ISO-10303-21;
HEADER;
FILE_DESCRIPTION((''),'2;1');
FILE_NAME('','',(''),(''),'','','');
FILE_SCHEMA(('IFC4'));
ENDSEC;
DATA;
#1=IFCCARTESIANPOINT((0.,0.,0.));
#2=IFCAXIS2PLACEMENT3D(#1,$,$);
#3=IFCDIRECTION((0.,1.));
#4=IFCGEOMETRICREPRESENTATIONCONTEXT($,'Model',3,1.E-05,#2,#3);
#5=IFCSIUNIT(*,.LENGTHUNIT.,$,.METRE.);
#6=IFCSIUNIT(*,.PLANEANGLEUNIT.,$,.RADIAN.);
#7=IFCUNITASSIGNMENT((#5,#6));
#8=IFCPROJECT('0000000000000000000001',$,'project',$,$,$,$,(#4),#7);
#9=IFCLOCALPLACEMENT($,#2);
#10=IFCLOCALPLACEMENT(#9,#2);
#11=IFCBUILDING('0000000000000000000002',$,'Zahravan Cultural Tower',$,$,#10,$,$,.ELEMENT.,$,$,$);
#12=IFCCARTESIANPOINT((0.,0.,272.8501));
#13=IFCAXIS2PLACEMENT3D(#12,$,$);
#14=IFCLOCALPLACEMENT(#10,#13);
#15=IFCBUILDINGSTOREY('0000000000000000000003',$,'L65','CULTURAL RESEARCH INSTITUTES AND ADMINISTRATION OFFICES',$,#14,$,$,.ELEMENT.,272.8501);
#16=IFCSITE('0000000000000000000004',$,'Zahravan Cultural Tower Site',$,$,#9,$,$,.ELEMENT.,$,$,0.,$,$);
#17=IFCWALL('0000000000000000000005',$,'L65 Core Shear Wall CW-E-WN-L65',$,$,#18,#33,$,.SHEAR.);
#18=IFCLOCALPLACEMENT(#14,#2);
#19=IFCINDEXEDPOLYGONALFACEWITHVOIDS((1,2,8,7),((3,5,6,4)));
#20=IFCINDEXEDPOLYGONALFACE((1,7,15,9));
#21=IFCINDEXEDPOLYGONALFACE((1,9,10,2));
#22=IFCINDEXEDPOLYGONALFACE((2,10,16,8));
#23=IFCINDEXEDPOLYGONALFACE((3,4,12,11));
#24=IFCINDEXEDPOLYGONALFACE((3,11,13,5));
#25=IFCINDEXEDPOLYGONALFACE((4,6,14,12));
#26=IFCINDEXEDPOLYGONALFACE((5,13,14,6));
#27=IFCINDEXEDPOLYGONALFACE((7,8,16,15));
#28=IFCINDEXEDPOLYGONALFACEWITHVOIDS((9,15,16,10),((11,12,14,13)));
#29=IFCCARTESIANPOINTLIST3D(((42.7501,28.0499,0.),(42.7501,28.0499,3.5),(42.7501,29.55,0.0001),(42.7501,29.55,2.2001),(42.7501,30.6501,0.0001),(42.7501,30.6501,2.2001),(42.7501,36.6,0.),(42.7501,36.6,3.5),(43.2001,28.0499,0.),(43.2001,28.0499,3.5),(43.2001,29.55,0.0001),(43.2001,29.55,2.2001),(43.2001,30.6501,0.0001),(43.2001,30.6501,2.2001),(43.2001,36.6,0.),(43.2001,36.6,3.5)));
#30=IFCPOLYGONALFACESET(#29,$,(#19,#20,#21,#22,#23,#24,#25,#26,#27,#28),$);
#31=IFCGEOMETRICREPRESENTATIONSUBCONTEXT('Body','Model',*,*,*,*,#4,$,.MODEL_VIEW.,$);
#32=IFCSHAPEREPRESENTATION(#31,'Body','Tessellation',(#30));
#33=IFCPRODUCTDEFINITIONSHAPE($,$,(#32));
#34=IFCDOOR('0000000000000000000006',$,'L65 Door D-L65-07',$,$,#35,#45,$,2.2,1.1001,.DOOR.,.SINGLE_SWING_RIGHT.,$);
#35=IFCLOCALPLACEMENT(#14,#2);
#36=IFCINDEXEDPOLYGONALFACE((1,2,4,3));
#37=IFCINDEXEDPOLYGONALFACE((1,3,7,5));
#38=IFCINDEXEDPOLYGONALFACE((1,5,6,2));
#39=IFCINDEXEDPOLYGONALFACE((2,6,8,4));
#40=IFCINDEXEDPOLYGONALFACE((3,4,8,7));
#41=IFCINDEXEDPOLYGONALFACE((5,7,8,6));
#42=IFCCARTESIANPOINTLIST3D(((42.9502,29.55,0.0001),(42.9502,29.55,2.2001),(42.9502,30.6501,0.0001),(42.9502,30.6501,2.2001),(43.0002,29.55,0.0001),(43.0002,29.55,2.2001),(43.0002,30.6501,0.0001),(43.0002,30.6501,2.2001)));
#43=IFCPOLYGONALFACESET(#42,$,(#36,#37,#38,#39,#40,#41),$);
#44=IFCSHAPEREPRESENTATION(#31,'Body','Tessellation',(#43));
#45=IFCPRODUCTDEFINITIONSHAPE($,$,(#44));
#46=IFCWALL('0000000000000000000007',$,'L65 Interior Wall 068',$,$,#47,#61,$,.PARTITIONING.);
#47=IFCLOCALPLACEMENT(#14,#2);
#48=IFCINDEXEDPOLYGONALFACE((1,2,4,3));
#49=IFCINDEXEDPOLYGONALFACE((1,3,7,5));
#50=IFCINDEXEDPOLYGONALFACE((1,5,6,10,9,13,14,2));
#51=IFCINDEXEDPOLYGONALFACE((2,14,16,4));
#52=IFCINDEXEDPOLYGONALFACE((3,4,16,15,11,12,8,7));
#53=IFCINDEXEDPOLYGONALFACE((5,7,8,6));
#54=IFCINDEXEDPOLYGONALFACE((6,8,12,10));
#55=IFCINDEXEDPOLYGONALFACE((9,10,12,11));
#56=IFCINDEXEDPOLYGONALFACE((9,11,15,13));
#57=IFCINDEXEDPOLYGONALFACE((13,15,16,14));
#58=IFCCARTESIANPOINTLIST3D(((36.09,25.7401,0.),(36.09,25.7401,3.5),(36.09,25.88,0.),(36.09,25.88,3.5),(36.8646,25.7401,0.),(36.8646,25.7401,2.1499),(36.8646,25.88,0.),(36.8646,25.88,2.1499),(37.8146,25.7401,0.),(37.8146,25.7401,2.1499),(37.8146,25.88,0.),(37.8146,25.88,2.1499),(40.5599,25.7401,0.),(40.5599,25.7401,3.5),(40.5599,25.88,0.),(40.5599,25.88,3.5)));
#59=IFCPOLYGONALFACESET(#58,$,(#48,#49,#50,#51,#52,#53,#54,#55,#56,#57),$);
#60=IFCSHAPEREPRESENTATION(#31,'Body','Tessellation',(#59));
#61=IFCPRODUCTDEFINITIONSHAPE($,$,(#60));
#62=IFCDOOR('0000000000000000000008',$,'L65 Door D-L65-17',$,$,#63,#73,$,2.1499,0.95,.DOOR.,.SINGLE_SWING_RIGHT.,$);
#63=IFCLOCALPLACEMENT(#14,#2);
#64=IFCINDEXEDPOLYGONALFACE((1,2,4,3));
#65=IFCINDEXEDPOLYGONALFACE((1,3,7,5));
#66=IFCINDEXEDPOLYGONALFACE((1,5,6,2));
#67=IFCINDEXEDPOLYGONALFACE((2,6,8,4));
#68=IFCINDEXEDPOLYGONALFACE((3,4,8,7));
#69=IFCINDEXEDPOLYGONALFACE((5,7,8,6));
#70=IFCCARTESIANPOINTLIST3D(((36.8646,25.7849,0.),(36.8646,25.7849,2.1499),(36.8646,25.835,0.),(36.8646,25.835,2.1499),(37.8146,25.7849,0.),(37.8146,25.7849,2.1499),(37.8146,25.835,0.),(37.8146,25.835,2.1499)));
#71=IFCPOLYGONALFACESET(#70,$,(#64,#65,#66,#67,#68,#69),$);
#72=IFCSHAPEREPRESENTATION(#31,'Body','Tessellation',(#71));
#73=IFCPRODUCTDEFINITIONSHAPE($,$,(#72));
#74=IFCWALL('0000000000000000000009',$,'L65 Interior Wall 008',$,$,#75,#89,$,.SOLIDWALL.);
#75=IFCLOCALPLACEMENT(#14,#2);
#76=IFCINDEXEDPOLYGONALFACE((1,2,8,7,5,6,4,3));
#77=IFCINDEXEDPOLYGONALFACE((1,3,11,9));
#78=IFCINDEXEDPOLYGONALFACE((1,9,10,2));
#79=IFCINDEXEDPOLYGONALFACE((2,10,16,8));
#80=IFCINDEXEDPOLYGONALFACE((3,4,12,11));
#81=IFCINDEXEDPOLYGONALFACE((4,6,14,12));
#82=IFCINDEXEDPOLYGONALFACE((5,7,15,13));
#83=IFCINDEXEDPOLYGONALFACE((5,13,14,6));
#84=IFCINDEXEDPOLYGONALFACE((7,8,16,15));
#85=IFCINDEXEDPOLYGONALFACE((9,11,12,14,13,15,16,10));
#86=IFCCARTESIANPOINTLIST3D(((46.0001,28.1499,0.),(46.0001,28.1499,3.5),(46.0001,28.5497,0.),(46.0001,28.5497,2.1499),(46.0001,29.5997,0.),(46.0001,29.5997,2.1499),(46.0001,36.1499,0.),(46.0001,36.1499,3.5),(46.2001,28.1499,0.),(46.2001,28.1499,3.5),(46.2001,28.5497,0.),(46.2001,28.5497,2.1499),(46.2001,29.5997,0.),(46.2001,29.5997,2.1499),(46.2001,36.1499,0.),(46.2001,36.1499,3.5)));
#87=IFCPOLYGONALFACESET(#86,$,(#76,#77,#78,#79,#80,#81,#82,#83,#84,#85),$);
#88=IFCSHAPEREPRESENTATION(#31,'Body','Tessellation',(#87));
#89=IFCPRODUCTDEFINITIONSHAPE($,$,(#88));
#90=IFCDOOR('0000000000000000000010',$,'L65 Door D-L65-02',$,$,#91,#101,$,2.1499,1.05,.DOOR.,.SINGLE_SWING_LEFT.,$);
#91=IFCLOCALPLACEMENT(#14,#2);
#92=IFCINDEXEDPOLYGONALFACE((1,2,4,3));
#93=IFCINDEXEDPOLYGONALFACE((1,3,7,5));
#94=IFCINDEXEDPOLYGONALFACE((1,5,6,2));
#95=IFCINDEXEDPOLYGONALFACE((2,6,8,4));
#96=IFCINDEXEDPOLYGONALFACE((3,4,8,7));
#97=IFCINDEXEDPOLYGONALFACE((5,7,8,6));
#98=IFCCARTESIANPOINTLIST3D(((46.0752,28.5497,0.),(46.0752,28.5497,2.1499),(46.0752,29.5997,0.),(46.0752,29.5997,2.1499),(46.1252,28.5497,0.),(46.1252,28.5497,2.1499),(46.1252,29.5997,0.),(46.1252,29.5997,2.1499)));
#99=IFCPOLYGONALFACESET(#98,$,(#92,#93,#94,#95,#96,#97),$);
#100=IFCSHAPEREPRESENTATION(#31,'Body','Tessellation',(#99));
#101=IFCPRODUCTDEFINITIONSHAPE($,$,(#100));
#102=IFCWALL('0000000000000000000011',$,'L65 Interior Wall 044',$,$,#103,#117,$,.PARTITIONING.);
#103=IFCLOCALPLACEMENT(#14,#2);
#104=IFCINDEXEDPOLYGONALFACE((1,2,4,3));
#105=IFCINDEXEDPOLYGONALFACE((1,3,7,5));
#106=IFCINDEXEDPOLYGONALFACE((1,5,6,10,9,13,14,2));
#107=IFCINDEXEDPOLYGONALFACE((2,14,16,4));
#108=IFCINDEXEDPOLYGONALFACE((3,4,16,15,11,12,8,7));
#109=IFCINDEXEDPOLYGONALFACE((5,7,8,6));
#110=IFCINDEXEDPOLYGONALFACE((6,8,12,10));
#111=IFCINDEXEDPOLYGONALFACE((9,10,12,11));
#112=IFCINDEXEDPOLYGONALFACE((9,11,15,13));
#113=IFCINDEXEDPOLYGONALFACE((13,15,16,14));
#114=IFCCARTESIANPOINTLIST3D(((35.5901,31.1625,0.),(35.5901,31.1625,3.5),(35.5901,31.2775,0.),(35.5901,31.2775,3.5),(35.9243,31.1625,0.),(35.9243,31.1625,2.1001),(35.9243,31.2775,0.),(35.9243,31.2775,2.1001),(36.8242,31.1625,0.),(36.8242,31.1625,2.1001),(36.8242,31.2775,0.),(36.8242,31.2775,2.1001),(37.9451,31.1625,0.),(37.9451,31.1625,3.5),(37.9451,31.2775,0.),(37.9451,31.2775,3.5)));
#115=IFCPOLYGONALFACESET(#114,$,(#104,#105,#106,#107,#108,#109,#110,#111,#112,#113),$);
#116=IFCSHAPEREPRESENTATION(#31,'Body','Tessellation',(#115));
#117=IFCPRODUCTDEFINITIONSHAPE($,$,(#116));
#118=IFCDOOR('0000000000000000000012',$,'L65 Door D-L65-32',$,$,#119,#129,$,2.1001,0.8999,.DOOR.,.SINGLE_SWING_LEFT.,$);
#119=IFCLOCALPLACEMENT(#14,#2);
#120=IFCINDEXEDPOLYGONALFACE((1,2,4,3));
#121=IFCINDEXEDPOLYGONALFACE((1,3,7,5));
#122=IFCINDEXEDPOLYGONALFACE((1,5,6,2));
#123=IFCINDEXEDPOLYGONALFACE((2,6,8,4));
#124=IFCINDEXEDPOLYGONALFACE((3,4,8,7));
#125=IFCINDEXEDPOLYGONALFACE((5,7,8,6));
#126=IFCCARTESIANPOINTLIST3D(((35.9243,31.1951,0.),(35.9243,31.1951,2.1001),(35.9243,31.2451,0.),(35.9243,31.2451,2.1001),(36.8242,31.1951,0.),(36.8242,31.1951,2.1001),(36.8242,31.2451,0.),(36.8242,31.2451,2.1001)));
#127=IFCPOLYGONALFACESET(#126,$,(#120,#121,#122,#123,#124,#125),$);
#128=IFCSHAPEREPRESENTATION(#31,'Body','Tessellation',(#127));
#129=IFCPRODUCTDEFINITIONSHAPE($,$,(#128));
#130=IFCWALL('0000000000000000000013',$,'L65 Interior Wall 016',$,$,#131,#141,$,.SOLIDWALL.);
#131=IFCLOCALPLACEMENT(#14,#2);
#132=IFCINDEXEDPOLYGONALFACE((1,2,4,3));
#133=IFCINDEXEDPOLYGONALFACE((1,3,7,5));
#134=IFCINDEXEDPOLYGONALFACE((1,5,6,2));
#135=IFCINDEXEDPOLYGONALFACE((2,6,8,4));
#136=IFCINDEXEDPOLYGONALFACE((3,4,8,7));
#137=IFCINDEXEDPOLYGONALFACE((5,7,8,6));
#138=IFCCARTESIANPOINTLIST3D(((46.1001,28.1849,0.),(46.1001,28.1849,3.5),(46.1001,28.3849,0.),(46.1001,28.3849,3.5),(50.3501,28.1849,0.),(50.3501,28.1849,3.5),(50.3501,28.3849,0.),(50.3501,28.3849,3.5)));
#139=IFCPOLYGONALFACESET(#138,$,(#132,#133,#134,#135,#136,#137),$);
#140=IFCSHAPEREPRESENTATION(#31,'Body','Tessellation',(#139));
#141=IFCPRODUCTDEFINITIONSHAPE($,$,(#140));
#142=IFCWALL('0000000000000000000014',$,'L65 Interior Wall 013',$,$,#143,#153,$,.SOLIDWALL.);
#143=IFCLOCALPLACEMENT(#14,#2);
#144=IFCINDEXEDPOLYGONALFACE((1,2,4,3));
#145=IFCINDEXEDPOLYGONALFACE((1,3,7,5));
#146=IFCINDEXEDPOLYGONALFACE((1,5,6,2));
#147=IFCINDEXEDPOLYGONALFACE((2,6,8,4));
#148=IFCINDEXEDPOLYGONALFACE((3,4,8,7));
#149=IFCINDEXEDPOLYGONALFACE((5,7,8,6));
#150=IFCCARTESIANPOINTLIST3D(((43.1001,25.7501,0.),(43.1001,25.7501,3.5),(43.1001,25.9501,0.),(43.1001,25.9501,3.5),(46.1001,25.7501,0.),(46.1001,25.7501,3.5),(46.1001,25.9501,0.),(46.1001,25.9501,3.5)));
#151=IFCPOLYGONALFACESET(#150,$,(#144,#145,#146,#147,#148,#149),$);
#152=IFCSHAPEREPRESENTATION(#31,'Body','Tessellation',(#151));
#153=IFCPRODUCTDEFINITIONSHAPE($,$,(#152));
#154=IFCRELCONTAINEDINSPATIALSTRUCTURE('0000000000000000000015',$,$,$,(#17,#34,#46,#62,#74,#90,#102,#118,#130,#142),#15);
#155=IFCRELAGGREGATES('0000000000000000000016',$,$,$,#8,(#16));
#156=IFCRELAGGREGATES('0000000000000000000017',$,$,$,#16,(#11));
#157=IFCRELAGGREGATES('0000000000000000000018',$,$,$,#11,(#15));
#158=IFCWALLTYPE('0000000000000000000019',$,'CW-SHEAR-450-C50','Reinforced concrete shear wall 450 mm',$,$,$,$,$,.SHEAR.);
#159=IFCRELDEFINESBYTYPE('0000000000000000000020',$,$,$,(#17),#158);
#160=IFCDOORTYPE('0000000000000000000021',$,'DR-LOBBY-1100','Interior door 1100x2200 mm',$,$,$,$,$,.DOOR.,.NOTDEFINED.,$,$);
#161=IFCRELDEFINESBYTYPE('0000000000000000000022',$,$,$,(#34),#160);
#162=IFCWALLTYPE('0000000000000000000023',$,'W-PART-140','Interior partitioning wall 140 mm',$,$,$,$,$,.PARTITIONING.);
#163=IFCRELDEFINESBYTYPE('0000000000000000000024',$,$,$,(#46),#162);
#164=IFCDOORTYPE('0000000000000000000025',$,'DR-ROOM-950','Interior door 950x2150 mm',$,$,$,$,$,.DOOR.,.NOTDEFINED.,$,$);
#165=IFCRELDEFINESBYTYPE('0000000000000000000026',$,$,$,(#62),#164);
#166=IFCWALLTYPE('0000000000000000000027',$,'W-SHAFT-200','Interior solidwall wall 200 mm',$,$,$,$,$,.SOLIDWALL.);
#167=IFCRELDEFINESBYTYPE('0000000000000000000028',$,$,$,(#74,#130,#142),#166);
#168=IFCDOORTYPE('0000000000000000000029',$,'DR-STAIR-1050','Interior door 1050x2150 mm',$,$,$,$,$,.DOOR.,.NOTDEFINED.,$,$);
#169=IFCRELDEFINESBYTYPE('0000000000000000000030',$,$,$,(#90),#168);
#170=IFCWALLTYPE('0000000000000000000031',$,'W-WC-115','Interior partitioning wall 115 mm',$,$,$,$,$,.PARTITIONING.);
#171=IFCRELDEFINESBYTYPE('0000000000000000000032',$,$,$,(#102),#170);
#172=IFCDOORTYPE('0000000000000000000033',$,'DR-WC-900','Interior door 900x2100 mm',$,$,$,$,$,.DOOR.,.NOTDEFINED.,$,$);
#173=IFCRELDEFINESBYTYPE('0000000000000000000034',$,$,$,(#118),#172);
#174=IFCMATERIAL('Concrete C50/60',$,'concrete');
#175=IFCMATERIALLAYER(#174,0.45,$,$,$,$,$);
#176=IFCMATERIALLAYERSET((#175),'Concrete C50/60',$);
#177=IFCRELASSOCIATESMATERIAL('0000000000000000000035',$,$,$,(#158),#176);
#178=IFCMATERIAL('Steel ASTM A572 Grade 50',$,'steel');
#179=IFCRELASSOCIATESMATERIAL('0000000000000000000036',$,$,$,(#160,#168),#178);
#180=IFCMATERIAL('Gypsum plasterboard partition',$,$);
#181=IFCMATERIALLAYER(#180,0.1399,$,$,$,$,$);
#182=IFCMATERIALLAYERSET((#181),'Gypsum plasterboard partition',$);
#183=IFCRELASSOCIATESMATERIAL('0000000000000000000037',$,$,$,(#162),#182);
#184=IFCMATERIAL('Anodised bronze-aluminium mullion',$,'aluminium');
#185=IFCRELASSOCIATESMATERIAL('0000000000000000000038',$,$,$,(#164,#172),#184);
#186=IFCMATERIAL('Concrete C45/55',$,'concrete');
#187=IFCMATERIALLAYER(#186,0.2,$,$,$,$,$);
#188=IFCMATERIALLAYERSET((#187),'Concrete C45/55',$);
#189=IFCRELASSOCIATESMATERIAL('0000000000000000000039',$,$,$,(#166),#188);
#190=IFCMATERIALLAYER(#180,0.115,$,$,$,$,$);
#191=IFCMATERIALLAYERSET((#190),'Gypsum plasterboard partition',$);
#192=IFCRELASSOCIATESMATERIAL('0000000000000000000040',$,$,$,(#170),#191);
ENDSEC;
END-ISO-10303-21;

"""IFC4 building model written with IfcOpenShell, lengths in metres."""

from ifc_helpers import new_model, si_unit, direction, frame, frame_2d, origin, place, context, subcontext, project, spatial, rectangle, extrude, source, transform, mapped, material, layer, layer_set, type_object, element, fill, save


model = new_model("IFC4")

# Units and contexts
model_context = context("Model", 3, precision=1e-05, world=origin(), true_north=direction((0.0, 1.0)))
body_context = subcontext(model_context, "Body", "Model", "MODEL_VIEW")
ifc_project = project(units=[si_unit("LENGTHUNIT", "METRE"), si_unit("PLANEANGLEUNIT", "RADIAN")], contexts=[model_context])

# Site, building, storey
site_placement = place(None, origin())
site = spatial("IfcSite", under=ifc_project, at=site_placement, Name="Zahravan Cultural Tower Site", CompositionType="ELEMENT", RefElevation=0.0)
building_placement = place(site_placement, origin())
building = spatial("IfcBuilding", under=site, at=building_placement, Name="Zahravan Cultural Tower", CompositionType="ELEMENT")
storey_placement = place(building_placement, frame((0.0, 0.0, 272.8501)))
storey = spatial("IfcBuildingStorey", under=building, at=storey_placement, Name="L65", Description="CULTURAL RESEARCH INSTITUTES AND ADMINISTRATION OFFICES", CompositionType="ELEMENT", Elevation=272.8501)

# Walls, openings, doors
ifc_material_1 = material(Name="Concrete C50/60", Category="concrete")
ifc_layer_1 = layer(ifc_material_1, 0.45)
ifc_layer_set_1 = layer_set([ifc_layer_1], Name="Concrete C50/60")
wall_type_1 = type_object("IfcWallType", Name="CW-SHEAR-450-C50", Description="Reinforced concrete shear wall 450 mm", PredefinedType="SHEAR", material=ifc_layer_set_1)
wall_1_placement = place(storey_placement, frame((42.9751, 28.05, 0.0), z_axis=(0.0, 0.0, 1.0), x_axis=(0.0, 1.0, 0.0)))
wall_1 = element("IfcWall", 1, at=wall_1_placement, inside=storey, type_object=wall_type_1, Name="L65 Core Shear Wall CW-E-WN-L65", PredefinedType="SHEAR", context=body_context, shape_type="SweptSolid", body=[
    extrude(rectangle(XDim=8.55, YDim=0.45, at=frame_2d((4.2749, 0.0))), origin(), (0.0, 0.0, 1.0), 3.5),
])
opening_1_placement = place(wall_1_placement, frame((1.5, 0.0, 0.0)))
opening_1 = element("IfcOpeningElement", 2, at=opening_1_placement, cuts=wall_1, PredefinedType="OPENING", context=body_context, shape_type="SweptSolid", body=[
    extrude(rectangle(XDim=1.1001, YDim=2.2, at=frame_2d((0.55, 1.1001))), frame((0.0, 0.2349, 0.0), z_axis=(0.0, -1.0, 0.0), x_axis=(1.0, 0.0, 0.0)), (0.0, 0.0, 1.0), 0.47),
])
ifc_material_2 = material(Name="Steel ASTM A572 Grade 50", Category="steel")
door_type_1 = type_object("IfcDoorType", Name="DR-LOBBY-1100", Description="Interior door 1100x2200 mm", OperationType="NOTDEFINED", PredefinedType="DOOR", material=ifc_material_2)
shared_shape_1 = source(origin(), body_context, "Body", "SweptSolid", [
    extrude(rectangle(XDim=1.1001, YDim=2.2, at=frame_2d((0.55, 1.1001))), frame((0.0, 0.0249, 0.0), z_axis=(0.0, -1.0, 0.0), x_axis=(1.0, 0.0, 0.0)), (0.0, 0.0, 1.0), 0.05),
])
door_1_placement = place(opening_1_placement, origin())
door_1 = element("IfcDoor", 3, at=door_1_placement, inside=storey, type_object=door_type_1, Name="L65 Door D-L65-07", OperationType="SINGLE_SWING_RIGHT", OverallHeight=2.2, OverallWidth=1.1001, PredefinedType="DOOR", context=body_context, shape_type="MappedRepresentation", body=[
    mapped(shared_shape_1, transform((0.0, 0.0, 0.0), x_axis=(1.0, 0.0, 0.0), y_axis=(0.0, 1.0, 0.0), z_axis=(0.0, 0.0, 1.0), scale=1.0)),
])
fill(opening_1, door_1)
ifc_material_3 = material(Name="Gypsum plasterboard partition")
ifc_layer_2 = layer(ifc_material_3, 0.1399)
ifc_layer_set_2 = layer_set([ifc_layer_2], Name="Gypsum plasterboard partition")
wall_type_2 = type_object("IfcWallType", Name="W-PART-140", Description="Interior partitioning wall 140 mm", PredefinedType="PARTITIONING", material=ifc_layer_set_2)
ifc_material_4 = material(Name="Anodised bronze-aluminium mullion", Category="aluminium")
door_type_2 = type_object("IfcDoorType", Name="DR-ROOM-950", Description="Interior door 950x2150 mm", OperationType="NOTDEFINED", PredefinedType="DOOR", material=ifc_material_4)
shared_shape_2 = source(origin(), body_context, "Body", "SweptSolid", [
    extrude(rectangle(XDim=0.95, YDim=2.1499, at=frame_2d((0.4751, 1.075))), frame((0.0, 0.0249, 0.0), z_axis=(0.0, -1.0, 0.0), x_axis=(1.0, 0.0, 0.0)), (0.0, 0.0, 1.0), 0.05),
])
wall_2_placement = place(storey_placement, frame((36.0901, 25.8101, 0.0), z_axis=(0.0, 0.0, 1.0), x_axis=(1.0, 0.0, 0.0)))
wall_2 = element("IfcWall", 4, at=wall_2_placement, inside=storey, type_object=wall_type_2, Name="L65 Interior Wall 068", PredefinedType="PARTITIONING", context=body_context, shape_type="SweptSolid", body=[
    extrude(rectangle(XDim=4.47, YDim=0.1399, at=frame_2d((2.2349, 0.0))), origin(), (0.0, 0.0, 1.0), 3.5),
])
opening_2_placement = place(wall_2_placement, frame((0.7744, 0.0, 0.0)))
opening_2 = element("IfcOpeningElement", 5, at=opening_2_placement, cuts=wall_2, PredefinedType="OPENING", context=body_context, shape_type="SweptSolid", body=[
    extrude(rectangle(XDim=0.95, YDim=2.1499, at=frame_2d((0.4751, 1.075))), frame((0.0, 0.0798, 0.0), z_axis=(0.0, -1.0, 0.0), x_axis=(1.0, 0.0, 0.0)), (0.0, 0.0, 1.0), 0.1599),
])
door_2_placement = place(opening_2_placement, origin())
door_2 = element("IfcDoor", 6, at=door_2_placement, inside=storey, type_object=door_type_2, Name="L65 Door D-L65-17", OperationType="SINGLE_SWING_RIGHT", OverallHeight=2.1499, OverallWidth=0.95, PredefinedType="DOOR", context=body_context, shape_type="MappedRepresentation", body=[
    mapped(shared_shape_2, transform((0.0, 0.0, 0.0), x_axis=(1.0, 0.0, 0.0), y_axis=(0.0, 1.0, 0.0), z_axis=(0.0, 0.0, 1.0), scale=1.0)),
])
fill(opening_2, door_2)
ifc_material_5 = material(Name="Concrete C45/55", Category="concrete")
ifc_layer_3 = layer(ifc_material_5, 0.2)
ifc_layer_set_3 = layer_set([ifc_layer_3], Name="Concrete C45/55")
wall_type_3 = type_object("IfcWallType", Name="W-SHAFT-200", Description="Interior solidwall wall 200 mm", PredefinedType="SOLIDWALL", material=ifc_layer_set_3)
wall_3_placement = place(storey_placement, frame((46.1001, 28.1499, 0.0), z_axis=(0.0, 0.0, 1.0), x_axis=(0.0, 1.0, 0.0)))
wall_3 = element("IfcWall", 7, at=wall_3_placement, inside=storey, type_object=wall_type_3, Name="L65 Interior Wall 008", PredefinedType="SOLIDWALL", context=body_context, shape_type="SweptSolid", body=[
    extrude(rectangle(XDim=8.0, YDim=0.2, at=frame_2d((4.0, 0.0))), origin(), (0.0, 0.0, 1.0), 3.5),
])
opening_3_placement = place(wall_3_placement, frame((0.3999, 0.0, 0.0)))
opening_3 = element("IfcOpeningElement", 8, at=opening_3_placement, cuts=wall_3, PredefinedType="OPENING", context=body_context, shape_type="SweptSolid", body=[
    extrude(rectangle(XDim=1.05, YDim=2.1499, at=frame_2d((0.5249, 1.075))), frame((0.0, 0.1099, 0.0), z_axis=(0.0, -1.0, 0.0), x_axis=(1.0, 0.0, 0.0)), (0.0, 0.0, 1.0), 0.22),
])
door_type_3 = type_object("IfcDoorType", Name="DR-STAIR-1050", Description="Interior door 1050x2150 mm", OperationType="NOTDEFINED", PredefinedType="DOOR", material=ifc_material_2)
shared_shape_3 = source(origin(), body_context, "Body", "SweptSolid", [
    extrude(rectangle(XDim=1.05, YDim=2.1499, at=frame_2d((0.5249, 1.075))), frame((0.0, 0.0249, 0.0), z_axis=(0.0, -1.0, 0.0), x_axis=(1.0, 0.0, 0.0)), (0.0, 0.0, 1.0), 0.05),
])
door_3_placement = place(opening_3_placement, origin())
door_3 = element("IfcDoor", 9, at=door_3_placement, inside=storey, type_object=door_type_3, Name="L65 Door D-L65-02", OperationType="SINGLE_SWING_LEFT", OverallHeight=2.1499, OverallWidth=1.05, PredefinedType="DOOR", context=body_context, shape_type="MappedRepresentation", body=[
    mapped(shared_shape_3, transform((0.0, 0.0, 0.0), x_axis=(1.0, 0.0, 0.0), y_axis=(0.0, 1.0, 0.0), z_axis=(0.0, 0.0, 1.0), scale=1.0)),
])
fill(opening_3, door_3)
ifc_layer_4 = layer(ifc_material_3, 0.115)
ifc_layer_set_4 = layer_set([ifc_layer_4], Name="Gypsum plasterboard partition")
wall_type_4 = type_object("IfcWallType", Name="W-WC-115", Description="Interior partitioning wall 115 mm", PredefinedType="PARTITIONING", material=ifc_layer_set_4)
wall_4_placement = place(storey_placement, frame((37.9451, 31.22, 0.0), z_axis=(0.0, 0.0, 1.0), x_axis=(-1.0, 0.0, 0.0)))
wall_4 = element("IfcWall", 10, at=wall_4_placement, inside=storey, type_object=wall_type_4, Name="L65 Interior Wall 044", PredefinedType="PARTITIONING", context=body_context, shape_type="SweptSolid", body=[
    extrude(rectangle(XDim=2.355, YDim=0.115, at=frame_2d((1.1775, 0.0))), origin(), (0.0, 0.0, 1.0), 3.5),
])
opening_4_placement = place(wall_4_placement, frame((1.1208, 0.0, 0.0)))
opening_4 = element("IfcOpeningElement", 11, at=opening_4_placement, cuts=wall_4, PredefinedType="OPENING", context=body_context, shape_type="SweptSolid", body=[
    extrude(rectangle(XDim=0.8999, YDim=2.1001, at=frame_2d((0.45, 1.05))), frame((0.0, 0.0674, 0.0), z_axis=(0.0, -1.0, 0.0), x_axis=(1.0, 0.0, 0.0)), (0.0, 0.0, 1.0), 0.135),
])
door_type_4 = type_object("IfcDoorType", Name="DR-WC-900", Description="Interior door 900x2100 mm", OperationType="NOTDEFINED", PredefinedType="DOOR", material=ifc_material_4)
shared_shape_4 = source(origin(), body_context, "Body", "SweptSolid", [
    extrude(rectangle(XDim=0.8999, YDim=2.1001, at=frame_2d((0.45, 1.05))), frame((0.0, 0.0249, 0.0), z_axis=(0.0, -1.0, 0.0), x_axis=(1.0, 0.0, 0.0)), (0.0, 0.0, 1.0), 0.05),
])
door_4_placement = place(opening_4_placement, origin())
door_4 = element("IfcDoor", 12, at=door_4_placement, inside=storey, type_object=door_type_4, Name="L65 Door D-L65-32", OperationType="SINGLE_SWING_LEFT", OverallHeight=2.1001, OverallWidth=0.8999, PredefinedType="DOOR", context=body_context, shape_type="MappedRepresentation", body=[
    mapped(shared_shape_4, transform((0.0, 0.0, 0.0), x_axis=(1.0, 0.0, 0.0), y_axis=(0.0, 1.0, 0.0), z_axis=(0.0, 0.0, 1.0), scale=1.0)),
])
fill(opening_4, door_4)

# Walls
shared_shape_5 = source(origin(), body_context, "Body", "SweptSolid", [
    extrude(rectangle(XDim=4.25, YDim=0.2, at=frame_2d((2.125, 0.0))), origin(), (0.0, 0.0, 1.0), 3.5),
])
wall_5_placement = place(storey_placement, frame((46.1001, 28.2849, 0.0), z_axis=(0.0, 0.0, 1.0), x_axis=(1.0, 0.0, 0.0)))
element("IfcWall", 13, at=wall_5_placement, inside=storey, type_object=wall_type_3, Name="L65 Interior Wall 016", PredefinedType="SOLIDWALL", context=body_context, shape_type="MappedRepresentation", body=[
    mapped(shared_shape_5, transform((0.0, 0.0, 0.0), x_axis=(1.0, 0.0, 0.0), y_axis=(0.0, 1.0, 0.0), z_axis=(0.0, 0.0, 1.0), scale=1.0)),
])
shared_shape_6 = source(origin(), body_context, "Body", "SweptSolid", [
    extrude(rectangle(XDim=3.0, YDim=0.2, at=frame_2d((1.5, 0.0))), origin(), (0.0, 0.0, 1.0), 3.5),
])
for number, where, z_axis, x_axis, name in (
    (14, (43.1001, 25.8501, 0.0), (0.0, 0.0, 1.0), (1.0, 0.0, 0.0), "L65 Interior Wall 013"),
):
    element("IfcWall", number, at=place(storey_placement, frame(where, z_axis=z_axis, x_axis=x_axis)), inside=storey, type_object=wall_type_3, Name=name, PredefinedType="SOLIDWALL", context=body_context, shape_type="MappedRepresentation", body=[
        mapped(shared_shape_6, transform((0.0, 0.0, 0.0), x_axis=(1.0, 0.0, 0.0), y_axis=(0.0, 1.0, 0.0), z_axis=(0.0, 0.0, 1.0), scale=1.0)),
    ])

save(model, "model.ifc")
